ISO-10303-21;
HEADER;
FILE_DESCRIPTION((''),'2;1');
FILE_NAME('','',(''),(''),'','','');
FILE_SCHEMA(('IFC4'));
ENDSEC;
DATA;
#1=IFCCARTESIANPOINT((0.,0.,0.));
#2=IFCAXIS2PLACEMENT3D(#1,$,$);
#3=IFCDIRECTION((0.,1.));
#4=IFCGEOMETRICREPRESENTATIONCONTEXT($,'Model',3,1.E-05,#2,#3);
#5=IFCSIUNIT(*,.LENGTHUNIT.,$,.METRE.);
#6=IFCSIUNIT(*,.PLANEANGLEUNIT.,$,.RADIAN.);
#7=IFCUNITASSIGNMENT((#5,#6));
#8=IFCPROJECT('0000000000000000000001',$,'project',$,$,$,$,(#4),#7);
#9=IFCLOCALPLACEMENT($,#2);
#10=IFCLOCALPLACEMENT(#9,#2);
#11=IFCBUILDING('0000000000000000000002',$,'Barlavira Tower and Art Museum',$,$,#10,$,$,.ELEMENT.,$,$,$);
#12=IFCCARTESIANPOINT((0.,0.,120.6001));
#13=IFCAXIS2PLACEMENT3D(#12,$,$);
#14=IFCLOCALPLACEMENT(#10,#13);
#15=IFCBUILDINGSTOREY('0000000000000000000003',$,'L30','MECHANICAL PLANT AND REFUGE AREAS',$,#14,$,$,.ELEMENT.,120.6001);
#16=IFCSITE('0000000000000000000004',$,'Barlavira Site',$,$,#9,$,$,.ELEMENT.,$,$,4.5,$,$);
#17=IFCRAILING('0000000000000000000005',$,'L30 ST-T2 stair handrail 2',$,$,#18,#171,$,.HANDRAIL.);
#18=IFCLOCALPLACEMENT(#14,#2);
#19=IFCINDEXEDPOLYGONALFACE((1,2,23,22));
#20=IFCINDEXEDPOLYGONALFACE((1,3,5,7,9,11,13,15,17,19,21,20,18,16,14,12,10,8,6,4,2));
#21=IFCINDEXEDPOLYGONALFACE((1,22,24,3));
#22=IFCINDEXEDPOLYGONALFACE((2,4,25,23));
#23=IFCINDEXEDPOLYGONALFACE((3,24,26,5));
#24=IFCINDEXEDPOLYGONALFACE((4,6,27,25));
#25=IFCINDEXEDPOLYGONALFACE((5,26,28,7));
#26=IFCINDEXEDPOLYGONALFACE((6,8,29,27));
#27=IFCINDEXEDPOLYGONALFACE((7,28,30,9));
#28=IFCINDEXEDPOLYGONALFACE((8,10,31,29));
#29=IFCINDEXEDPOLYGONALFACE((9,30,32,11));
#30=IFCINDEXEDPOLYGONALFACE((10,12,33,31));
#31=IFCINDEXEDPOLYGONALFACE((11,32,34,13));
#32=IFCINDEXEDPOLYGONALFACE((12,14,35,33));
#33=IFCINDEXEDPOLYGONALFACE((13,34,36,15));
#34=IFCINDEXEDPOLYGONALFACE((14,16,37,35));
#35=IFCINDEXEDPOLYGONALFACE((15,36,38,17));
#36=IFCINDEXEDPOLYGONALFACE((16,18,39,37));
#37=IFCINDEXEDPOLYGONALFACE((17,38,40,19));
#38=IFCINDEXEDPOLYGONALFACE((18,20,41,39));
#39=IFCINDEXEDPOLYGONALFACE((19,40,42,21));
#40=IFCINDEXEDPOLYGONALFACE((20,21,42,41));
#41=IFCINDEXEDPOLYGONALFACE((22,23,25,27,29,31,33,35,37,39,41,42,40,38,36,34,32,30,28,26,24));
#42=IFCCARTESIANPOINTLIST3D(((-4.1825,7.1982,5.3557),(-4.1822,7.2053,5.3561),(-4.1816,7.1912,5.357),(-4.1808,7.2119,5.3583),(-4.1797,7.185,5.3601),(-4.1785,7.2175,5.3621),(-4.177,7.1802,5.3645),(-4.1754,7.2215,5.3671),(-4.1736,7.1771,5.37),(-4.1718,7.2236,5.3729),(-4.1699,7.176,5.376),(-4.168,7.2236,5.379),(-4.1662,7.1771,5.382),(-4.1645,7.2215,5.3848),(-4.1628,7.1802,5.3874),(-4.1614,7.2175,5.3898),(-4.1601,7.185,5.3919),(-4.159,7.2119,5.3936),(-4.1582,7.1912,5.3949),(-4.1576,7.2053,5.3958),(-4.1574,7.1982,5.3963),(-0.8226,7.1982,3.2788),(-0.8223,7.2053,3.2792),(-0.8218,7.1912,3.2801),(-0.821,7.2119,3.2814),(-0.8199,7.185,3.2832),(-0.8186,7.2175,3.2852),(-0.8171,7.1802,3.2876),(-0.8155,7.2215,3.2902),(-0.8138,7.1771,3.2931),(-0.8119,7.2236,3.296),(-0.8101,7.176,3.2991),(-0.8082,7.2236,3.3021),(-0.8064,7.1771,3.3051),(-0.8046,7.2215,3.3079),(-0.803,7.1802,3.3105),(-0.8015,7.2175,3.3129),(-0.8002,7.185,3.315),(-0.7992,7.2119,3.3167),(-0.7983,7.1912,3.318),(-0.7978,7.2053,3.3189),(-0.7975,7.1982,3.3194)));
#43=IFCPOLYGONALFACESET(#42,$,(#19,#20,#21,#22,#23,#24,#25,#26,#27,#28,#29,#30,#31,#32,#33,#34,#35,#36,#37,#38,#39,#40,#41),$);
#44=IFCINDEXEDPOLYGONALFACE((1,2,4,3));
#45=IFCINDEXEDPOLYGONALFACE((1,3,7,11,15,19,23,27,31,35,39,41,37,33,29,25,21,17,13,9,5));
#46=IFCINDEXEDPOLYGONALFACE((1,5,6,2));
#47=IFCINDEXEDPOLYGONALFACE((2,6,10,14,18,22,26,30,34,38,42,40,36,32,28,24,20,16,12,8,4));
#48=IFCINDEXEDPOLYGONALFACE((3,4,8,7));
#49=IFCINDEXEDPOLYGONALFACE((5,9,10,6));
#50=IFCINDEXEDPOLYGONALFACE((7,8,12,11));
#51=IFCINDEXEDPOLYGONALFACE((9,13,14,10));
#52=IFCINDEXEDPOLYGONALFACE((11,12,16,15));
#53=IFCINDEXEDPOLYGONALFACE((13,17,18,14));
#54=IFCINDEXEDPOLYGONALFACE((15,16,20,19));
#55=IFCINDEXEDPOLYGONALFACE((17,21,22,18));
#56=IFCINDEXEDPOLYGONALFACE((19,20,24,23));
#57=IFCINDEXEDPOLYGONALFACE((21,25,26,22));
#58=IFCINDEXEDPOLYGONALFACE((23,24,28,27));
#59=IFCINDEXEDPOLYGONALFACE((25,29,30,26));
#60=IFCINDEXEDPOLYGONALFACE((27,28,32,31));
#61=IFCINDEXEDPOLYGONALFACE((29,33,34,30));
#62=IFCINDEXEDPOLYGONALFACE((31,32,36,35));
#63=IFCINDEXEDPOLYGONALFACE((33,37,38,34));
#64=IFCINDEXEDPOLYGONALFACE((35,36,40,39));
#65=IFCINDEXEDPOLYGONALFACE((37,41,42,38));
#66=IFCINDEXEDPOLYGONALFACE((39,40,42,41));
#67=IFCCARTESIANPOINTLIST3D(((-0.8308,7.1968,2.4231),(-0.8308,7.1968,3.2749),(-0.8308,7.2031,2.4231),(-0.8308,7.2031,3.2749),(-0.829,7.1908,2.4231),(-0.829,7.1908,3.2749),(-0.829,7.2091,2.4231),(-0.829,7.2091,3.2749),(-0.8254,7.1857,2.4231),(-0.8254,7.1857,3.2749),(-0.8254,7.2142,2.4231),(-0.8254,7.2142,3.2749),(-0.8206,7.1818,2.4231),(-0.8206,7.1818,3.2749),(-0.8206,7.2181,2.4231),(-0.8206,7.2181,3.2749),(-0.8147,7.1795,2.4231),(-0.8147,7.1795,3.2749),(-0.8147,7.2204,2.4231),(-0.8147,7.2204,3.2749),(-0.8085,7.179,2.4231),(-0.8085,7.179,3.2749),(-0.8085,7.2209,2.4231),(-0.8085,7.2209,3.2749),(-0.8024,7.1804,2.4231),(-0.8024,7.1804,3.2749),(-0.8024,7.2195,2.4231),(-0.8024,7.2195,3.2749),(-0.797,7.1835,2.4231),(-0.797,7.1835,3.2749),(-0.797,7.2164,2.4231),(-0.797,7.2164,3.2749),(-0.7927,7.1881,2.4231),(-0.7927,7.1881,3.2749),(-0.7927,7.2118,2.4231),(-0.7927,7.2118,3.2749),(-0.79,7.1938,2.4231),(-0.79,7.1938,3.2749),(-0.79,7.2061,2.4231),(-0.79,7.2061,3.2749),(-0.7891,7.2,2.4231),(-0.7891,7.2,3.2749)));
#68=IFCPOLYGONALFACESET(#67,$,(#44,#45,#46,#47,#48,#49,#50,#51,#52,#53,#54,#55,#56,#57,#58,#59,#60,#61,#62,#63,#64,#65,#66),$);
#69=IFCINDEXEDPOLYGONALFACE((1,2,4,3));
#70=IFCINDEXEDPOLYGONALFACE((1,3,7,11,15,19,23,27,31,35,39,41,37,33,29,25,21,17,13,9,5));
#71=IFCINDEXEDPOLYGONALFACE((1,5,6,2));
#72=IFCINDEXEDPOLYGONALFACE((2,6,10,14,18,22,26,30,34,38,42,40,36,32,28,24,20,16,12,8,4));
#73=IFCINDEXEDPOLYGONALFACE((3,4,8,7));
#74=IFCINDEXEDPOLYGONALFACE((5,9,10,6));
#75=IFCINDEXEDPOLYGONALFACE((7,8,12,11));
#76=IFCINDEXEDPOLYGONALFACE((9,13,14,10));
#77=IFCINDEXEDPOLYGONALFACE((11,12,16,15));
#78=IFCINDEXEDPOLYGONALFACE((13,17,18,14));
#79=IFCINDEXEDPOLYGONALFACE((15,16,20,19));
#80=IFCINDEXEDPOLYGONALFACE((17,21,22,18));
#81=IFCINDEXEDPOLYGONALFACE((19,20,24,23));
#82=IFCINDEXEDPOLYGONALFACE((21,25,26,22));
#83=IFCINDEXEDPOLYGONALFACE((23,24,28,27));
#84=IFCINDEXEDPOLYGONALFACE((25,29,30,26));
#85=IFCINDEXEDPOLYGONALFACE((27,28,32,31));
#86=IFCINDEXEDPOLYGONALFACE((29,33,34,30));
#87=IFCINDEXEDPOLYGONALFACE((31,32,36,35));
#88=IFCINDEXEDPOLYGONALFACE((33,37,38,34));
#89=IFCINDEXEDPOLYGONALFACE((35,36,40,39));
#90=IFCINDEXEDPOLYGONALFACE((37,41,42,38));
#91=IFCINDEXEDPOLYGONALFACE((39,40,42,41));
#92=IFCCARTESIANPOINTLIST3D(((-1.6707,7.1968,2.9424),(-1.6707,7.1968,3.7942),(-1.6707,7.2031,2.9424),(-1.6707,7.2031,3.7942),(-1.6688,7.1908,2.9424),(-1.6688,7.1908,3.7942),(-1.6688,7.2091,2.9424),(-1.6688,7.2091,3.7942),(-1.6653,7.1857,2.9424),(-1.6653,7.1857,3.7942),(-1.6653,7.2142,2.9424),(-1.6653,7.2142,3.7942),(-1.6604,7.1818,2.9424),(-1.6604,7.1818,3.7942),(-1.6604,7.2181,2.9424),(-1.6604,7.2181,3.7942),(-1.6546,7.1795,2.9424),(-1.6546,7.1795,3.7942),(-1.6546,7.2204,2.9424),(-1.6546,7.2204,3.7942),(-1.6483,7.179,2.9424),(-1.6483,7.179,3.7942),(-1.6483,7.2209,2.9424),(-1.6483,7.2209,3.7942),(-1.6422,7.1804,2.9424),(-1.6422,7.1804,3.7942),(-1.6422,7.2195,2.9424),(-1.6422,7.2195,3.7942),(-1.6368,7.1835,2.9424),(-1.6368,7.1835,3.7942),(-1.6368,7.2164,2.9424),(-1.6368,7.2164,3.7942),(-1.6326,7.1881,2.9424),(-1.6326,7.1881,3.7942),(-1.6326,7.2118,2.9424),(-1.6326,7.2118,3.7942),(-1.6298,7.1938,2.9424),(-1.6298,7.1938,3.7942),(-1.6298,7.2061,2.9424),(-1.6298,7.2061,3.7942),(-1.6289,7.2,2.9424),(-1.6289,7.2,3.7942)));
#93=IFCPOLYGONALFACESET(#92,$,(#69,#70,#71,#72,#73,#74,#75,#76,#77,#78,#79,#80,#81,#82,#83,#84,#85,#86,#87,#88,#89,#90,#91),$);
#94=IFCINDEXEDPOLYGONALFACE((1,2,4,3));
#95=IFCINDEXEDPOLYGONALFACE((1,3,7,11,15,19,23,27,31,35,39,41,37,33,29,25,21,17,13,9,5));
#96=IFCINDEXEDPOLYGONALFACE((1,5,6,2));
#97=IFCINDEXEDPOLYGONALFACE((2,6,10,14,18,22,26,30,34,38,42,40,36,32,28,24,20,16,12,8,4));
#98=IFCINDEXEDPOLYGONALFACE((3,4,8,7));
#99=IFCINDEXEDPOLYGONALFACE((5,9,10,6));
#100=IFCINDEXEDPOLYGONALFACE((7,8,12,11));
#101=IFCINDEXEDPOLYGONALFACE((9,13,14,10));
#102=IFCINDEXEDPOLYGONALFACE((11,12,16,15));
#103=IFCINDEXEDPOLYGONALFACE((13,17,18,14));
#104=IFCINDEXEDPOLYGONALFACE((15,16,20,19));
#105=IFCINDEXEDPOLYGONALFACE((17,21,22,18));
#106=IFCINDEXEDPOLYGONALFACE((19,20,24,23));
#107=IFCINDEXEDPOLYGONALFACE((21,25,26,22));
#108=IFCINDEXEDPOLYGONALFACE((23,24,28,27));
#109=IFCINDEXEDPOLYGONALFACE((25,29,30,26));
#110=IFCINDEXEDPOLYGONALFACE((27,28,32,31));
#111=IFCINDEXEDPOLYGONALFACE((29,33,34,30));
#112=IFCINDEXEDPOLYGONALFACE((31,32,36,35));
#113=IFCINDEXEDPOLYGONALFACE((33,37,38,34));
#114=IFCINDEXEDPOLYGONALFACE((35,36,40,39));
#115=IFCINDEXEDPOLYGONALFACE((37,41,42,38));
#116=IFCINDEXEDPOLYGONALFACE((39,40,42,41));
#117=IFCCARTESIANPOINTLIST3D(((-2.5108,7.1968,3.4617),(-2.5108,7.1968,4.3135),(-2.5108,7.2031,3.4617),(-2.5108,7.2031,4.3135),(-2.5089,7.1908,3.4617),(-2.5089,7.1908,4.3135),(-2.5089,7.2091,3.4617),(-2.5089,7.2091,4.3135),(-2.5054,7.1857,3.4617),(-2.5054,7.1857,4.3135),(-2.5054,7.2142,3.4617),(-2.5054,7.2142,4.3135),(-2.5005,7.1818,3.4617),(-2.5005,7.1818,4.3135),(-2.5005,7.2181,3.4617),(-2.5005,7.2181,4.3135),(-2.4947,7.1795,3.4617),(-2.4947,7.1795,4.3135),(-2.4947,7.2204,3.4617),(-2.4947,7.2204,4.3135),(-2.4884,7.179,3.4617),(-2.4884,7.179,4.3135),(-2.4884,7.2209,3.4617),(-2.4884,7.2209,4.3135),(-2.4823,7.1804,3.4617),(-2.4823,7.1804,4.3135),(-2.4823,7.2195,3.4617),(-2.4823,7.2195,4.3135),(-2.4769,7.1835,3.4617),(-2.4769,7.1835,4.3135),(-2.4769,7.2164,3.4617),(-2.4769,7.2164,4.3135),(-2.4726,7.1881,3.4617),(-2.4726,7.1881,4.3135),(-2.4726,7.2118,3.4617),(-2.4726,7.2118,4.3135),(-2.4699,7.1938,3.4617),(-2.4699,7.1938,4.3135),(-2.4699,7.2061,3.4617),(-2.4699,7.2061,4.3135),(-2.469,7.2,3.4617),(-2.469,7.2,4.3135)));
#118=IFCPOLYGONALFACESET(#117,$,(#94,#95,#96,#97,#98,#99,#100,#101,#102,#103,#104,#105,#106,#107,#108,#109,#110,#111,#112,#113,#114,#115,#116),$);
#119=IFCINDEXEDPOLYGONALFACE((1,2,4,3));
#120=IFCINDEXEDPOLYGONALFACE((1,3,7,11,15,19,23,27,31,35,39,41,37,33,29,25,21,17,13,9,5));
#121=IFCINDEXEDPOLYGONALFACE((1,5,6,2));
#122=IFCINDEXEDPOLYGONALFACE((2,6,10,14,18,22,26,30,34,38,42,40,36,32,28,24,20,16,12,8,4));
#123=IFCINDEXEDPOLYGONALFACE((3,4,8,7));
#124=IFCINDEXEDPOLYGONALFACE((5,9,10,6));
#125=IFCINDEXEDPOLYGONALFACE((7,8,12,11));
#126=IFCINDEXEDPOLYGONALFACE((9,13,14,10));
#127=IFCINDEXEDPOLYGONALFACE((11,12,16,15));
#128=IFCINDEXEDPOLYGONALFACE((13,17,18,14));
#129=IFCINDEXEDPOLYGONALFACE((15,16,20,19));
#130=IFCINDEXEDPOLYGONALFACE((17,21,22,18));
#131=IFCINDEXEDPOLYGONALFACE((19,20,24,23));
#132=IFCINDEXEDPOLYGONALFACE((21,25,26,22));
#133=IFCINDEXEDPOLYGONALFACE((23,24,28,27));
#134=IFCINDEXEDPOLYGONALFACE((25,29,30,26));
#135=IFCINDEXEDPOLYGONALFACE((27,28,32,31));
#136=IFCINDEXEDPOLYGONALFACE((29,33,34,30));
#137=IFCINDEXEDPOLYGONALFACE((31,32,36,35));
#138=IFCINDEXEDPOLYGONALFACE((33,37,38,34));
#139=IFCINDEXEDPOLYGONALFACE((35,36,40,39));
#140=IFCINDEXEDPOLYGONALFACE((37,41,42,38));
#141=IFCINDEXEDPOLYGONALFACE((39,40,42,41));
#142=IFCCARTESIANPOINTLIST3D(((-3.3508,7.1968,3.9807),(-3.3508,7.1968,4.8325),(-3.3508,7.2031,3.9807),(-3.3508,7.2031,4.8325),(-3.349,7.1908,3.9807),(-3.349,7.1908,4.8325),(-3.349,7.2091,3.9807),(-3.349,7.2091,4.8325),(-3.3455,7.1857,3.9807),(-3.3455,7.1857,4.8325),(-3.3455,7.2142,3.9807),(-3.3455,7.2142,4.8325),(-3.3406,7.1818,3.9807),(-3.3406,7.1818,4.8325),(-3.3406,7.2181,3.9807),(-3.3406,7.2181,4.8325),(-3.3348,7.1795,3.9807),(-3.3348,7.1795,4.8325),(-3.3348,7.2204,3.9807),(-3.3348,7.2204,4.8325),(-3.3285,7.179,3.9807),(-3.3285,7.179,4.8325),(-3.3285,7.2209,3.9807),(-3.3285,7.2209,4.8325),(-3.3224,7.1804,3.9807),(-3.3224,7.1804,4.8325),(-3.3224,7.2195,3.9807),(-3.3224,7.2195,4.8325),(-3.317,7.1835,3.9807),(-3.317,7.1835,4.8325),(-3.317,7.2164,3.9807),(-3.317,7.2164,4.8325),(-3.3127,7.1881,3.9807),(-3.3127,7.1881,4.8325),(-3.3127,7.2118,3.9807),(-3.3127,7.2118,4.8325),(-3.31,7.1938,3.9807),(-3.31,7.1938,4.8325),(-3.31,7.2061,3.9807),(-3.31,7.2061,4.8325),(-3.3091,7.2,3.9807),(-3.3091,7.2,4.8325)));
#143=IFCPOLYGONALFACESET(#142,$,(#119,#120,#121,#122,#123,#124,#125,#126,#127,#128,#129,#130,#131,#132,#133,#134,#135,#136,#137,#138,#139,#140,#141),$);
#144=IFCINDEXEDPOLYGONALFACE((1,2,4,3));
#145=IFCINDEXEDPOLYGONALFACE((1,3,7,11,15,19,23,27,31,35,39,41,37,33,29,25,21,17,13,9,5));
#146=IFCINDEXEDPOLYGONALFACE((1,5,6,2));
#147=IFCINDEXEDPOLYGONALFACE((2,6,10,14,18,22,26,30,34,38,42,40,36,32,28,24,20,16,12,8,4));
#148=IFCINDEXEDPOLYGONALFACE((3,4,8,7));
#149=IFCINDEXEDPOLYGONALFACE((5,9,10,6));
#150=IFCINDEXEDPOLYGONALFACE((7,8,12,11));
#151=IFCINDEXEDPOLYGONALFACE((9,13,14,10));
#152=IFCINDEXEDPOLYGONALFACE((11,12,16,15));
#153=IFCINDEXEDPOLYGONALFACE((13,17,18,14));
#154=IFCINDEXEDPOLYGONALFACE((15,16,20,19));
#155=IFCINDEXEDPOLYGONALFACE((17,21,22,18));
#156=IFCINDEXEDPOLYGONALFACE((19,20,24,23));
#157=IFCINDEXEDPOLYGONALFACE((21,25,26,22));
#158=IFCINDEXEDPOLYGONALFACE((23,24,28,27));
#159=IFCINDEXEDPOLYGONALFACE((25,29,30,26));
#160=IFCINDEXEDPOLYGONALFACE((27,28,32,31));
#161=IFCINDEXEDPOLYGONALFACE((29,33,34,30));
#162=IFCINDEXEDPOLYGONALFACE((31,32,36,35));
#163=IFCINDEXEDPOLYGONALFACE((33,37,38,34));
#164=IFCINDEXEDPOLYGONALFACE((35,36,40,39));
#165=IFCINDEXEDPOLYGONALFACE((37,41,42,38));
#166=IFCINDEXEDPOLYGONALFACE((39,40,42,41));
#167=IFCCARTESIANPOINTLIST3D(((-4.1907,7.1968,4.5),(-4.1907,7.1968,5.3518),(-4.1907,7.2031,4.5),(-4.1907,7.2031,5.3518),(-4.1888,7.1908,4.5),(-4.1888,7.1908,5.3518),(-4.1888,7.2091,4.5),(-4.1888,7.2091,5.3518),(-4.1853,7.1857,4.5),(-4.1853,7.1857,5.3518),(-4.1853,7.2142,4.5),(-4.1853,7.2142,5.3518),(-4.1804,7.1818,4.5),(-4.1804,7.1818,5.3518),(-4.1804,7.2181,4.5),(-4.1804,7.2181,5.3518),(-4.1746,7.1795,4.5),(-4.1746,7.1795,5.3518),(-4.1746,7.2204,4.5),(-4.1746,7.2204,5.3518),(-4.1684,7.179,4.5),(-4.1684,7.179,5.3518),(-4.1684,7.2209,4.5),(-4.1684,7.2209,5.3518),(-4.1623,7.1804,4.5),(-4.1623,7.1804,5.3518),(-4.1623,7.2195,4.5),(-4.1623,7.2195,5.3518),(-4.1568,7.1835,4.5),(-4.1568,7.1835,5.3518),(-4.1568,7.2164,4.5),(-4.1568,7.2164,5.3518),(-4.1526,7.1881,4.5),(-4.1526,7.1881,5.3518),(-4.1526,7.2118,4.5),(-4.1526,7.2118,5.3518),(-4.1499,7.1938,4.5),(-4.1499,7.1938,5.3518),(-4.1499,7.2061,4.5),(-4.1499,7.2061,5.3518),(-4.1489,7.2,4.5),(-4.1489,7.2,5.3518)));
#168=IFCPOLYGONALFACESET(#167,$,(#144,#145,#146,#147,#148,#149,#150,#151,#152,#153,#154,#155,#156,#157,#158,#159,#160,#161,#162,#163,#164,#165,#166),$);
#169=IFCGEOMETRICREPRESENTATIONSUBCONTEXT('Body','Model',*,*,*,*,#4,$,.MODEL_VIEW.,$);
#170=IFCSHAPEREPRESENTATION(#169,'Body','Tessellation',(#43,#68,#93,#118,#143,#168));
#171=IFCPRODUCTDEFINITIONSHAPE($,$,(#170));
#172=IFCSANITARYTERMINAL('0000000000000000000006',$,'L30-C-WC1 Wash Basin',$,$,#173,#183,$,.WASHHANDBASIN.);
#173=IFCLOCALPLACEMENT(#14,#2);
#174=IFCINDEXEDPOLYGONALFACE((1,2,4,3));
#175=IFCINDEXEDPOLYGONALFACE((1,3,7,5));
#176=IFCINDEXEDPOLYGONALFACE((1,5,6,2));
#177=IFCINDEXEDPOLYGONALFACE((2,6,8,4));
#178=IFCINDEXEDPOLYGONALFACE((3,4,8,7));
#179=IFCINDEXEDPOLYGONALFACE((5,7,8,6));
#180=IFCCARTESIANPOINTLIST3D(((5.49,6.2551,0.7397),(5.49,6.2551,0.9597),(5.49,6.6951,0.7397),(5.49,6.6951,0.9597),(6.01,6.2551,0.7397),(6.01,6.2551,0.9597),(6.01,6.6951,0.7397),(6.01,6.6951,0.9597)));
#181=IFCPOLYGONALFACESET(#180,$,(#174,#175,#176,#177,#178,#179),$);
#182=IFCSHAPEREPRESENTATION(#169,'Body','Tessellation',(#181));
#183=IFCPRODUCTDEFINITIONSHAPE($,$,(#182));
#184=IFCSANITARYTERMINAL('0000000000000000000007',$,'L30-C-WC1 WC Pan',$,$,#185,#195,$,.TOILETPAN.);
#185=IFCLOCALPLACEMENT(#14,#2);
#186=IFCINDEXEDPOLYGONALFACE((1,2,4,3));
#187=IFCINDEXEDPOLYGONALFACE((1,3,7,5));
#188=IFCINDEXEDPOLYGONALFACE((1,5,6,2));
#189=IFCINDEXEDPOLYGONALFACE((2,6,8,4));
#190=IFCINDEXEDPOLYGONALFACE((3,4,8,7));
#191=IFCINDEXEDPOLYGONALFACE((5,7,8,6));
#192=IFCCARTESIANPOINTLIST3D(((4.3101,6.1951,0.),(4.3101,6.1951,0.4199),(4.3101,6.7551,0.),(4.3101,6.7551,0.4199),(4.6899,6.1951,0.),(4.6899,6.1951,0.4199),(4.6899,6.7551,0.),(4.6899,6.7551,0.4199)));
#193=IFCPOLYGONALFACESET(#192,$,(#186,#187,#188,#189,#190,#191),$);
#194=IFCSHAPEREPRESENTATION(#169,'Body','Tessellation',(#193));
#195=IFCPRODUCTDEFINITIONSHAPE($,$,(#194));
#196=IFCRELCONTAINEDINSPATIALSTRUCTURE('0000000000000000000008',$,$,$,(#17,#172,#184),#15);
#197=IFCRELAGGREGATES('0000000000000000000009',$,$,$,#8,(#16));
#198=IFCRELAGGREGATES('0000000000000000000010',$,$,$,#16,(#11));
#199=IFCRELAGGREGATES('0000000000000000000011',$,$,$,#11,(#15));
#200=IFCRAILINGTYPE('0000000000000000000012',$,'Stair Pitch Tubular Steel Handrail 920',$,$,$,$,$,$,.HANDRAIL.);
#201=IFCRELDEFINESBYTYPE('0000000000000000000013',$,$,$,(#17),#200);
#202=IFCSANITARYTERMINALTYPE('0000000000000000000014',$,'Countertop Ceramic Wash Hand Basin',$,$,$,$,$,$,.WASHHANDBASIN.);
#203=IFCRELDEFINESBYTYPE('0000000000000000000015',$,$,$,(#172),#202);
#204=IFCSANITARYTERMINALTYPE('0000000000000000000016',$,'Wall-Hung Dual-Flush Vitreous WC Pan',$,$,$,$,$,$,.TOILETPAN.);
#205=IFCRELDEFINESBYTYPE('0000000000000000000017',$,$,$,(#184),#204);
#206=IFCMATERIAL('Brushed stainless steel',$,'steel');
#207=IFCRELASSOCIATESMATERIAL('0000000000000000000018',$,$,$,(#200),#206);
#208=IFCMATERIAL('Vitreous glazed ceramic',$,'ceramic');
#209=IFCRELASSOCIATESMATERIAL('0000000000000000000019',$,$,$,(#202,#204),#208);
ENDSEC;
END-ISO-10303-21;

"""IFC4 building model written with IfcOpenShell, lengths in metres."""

from ifc_helpers import new_model, si_unit, direction, frame, origin, origin_2d, place, context, subcontext, project, spatial, rectangle, circle, extrude, material, type_object, element, save


model = new_model("IFC4")

# Units and contexts
model_context = context("Model", 3, precision=1e-05, world=origin(), true_north=direction((0.0, 1.0)))
body_context = subcontext(model_context, "Body", "Model", "MODEL_VIEW")
ifc_project = project(units=[si_unit("LENGTHUNIT", "METRE"), si_unit("PLANEANGLEUNIT", "RADIAN")], contexts=[model_context])

# Site, building, storey
site_placement = place(None, origin())
site = spatial("IfcSite", under=ifc_project, at=site_placement, Name="Barlavira Site", CompositionType="ELEMENT", RefElevation=4.5)
building_placement = place(site_placement, origin())
building = spatial("IfcBuilding", under=site, at=building_placement, Name="Barlavira Tower and Art Museum", CompositionType="ELEMENT")
storey_placement = place(building_placement, frame((0.0, 0.0, 120.6001)))
storey = spatial("IfcBuildingStorey", under=building, at=storey_placement, Name="L30", Description="MECHANICAL PLANT AND REFUGE AREAS", CompositionType="ELEMENT", Elevation=120.6001)

# Shared definitions
ifc_material_1 = material(Name="Brushed stainless steel", Category="steel")

# Railing
railing_type_1 = type_object("IfcRailingType", Name="Stair Pitch Tubular Steel Handrail 920", PredefinedType="HANDRAIL", material=ifc_material_1)
railing_1_placement = place(storey_placement, frame((-0.8101, 7.2, 2.4231)))
element("IfcRailing", 1, at=railing_1_placement, inside=storey, type_object=railing_type_1, Name="L30 ST-T2 stair handrail 2", PredefinedType="HANDRAIL", context=body_context, shape_type="SweptSolid", body=[
    extrude(circle(Radius=0.0239, at=origin_2d()), frame((0.0, 0.0, 0.876), z_axis=(-0.850606, 0.0, 0.525803), x_axis=(0.0, -1.0, 0.0)), (0.0, 0.0, 1.0), 3.95),
    extrude(circle(Radius=0.021, at=origin_2d()), origin(), (0.0, 0.0, 1.0), 0.8518),
    extrude(circle(Radius=0.021, at=origin_2d()), frame((-0.8398, 0.0, 0.5193)), (0.0, 0.0, 1.0), 0.8518),
    extrude(circle(Radius=0.021, at=origin_2d()), frame((-1.6799, 0.0, 1.0386)), (0.0, 0.0, 1.0), 0.8518),
    extrude(circle(Radius=0.021, at=origin_2d()), frame((-2.52, 0.0, 1.5576)), (0.0, 0.0, 1.0), 0.8518),
    extrude(circle(Radius=0.021, at=origin_2d()), frame((-3.3599, 0.0, 2.0769)), (0.0, 0.0, 1.0), 0.8518),
])

# Sanitary terminals
ifc_material_2 = material(Name="Vitreous glazed ceramic", Category="ceramic")
sanitary_terminal_type_1 = type_object("IfcSanitaryTerminalType", Name="Countertop Ceramic Wash Hand Basin", PredefinedType="WASHHANDBASIN", material=ifc_material_2)
sanitary_terminal_1_placement = place(storey_placement, frame((5.75, 6.4751, 0.7397), z_axis=(0.0, 0.0, 1.0), x_axis=(1.0, 0.0, 0.0)))
element("IfcSanitaryTerminal", 2, at=sanitary_terminal_1_placement, inside=storey, type_object=sanitary_terminal_type_1, Name="L30-C-WC1 Wash Basin", PredefinedType="WASHHANDBASIN", context=body_context, shape_type="SweptSolid", body=[
    extrude(rectangle(XDim=0.52, YDim=0.4399, at=origin_2d()), origin(), (0.0, 0.0, 1.0), 0.22),
])
sanitary_terminal_type_2 = type_object("IfcSanitaryTerminalType", Name="Wall-Hung Dual-Flush Vitreous WC Pan", PredefinedType="TOILETPAN", material=ifc_material_2)
sanitary_terminal_2_placement = place(storey_placement, frame((4.5, 6.4751, 0.0), z_axis=(0.0, 0.0, 1.0), x_axis=(1.0, 0.0, 0.0)))
element("IfcSanitaryTerminal", 3, at=sanitary_terminal_2_placement, inside=storey, type_object=sanitary_terminal_type_2, Name="L30-C-WC1 WC Pan", PredefinedType="TOILETPAN", context=body_context, shape_type="SweptSolid", body=[
    extrude(rectangle(XDim=0.3799, YDim=0.5601, at=origin_2d()), origin(), (0.0, 0.0, 1.0), 0.4199),
])

save(model, "model.ifc")
